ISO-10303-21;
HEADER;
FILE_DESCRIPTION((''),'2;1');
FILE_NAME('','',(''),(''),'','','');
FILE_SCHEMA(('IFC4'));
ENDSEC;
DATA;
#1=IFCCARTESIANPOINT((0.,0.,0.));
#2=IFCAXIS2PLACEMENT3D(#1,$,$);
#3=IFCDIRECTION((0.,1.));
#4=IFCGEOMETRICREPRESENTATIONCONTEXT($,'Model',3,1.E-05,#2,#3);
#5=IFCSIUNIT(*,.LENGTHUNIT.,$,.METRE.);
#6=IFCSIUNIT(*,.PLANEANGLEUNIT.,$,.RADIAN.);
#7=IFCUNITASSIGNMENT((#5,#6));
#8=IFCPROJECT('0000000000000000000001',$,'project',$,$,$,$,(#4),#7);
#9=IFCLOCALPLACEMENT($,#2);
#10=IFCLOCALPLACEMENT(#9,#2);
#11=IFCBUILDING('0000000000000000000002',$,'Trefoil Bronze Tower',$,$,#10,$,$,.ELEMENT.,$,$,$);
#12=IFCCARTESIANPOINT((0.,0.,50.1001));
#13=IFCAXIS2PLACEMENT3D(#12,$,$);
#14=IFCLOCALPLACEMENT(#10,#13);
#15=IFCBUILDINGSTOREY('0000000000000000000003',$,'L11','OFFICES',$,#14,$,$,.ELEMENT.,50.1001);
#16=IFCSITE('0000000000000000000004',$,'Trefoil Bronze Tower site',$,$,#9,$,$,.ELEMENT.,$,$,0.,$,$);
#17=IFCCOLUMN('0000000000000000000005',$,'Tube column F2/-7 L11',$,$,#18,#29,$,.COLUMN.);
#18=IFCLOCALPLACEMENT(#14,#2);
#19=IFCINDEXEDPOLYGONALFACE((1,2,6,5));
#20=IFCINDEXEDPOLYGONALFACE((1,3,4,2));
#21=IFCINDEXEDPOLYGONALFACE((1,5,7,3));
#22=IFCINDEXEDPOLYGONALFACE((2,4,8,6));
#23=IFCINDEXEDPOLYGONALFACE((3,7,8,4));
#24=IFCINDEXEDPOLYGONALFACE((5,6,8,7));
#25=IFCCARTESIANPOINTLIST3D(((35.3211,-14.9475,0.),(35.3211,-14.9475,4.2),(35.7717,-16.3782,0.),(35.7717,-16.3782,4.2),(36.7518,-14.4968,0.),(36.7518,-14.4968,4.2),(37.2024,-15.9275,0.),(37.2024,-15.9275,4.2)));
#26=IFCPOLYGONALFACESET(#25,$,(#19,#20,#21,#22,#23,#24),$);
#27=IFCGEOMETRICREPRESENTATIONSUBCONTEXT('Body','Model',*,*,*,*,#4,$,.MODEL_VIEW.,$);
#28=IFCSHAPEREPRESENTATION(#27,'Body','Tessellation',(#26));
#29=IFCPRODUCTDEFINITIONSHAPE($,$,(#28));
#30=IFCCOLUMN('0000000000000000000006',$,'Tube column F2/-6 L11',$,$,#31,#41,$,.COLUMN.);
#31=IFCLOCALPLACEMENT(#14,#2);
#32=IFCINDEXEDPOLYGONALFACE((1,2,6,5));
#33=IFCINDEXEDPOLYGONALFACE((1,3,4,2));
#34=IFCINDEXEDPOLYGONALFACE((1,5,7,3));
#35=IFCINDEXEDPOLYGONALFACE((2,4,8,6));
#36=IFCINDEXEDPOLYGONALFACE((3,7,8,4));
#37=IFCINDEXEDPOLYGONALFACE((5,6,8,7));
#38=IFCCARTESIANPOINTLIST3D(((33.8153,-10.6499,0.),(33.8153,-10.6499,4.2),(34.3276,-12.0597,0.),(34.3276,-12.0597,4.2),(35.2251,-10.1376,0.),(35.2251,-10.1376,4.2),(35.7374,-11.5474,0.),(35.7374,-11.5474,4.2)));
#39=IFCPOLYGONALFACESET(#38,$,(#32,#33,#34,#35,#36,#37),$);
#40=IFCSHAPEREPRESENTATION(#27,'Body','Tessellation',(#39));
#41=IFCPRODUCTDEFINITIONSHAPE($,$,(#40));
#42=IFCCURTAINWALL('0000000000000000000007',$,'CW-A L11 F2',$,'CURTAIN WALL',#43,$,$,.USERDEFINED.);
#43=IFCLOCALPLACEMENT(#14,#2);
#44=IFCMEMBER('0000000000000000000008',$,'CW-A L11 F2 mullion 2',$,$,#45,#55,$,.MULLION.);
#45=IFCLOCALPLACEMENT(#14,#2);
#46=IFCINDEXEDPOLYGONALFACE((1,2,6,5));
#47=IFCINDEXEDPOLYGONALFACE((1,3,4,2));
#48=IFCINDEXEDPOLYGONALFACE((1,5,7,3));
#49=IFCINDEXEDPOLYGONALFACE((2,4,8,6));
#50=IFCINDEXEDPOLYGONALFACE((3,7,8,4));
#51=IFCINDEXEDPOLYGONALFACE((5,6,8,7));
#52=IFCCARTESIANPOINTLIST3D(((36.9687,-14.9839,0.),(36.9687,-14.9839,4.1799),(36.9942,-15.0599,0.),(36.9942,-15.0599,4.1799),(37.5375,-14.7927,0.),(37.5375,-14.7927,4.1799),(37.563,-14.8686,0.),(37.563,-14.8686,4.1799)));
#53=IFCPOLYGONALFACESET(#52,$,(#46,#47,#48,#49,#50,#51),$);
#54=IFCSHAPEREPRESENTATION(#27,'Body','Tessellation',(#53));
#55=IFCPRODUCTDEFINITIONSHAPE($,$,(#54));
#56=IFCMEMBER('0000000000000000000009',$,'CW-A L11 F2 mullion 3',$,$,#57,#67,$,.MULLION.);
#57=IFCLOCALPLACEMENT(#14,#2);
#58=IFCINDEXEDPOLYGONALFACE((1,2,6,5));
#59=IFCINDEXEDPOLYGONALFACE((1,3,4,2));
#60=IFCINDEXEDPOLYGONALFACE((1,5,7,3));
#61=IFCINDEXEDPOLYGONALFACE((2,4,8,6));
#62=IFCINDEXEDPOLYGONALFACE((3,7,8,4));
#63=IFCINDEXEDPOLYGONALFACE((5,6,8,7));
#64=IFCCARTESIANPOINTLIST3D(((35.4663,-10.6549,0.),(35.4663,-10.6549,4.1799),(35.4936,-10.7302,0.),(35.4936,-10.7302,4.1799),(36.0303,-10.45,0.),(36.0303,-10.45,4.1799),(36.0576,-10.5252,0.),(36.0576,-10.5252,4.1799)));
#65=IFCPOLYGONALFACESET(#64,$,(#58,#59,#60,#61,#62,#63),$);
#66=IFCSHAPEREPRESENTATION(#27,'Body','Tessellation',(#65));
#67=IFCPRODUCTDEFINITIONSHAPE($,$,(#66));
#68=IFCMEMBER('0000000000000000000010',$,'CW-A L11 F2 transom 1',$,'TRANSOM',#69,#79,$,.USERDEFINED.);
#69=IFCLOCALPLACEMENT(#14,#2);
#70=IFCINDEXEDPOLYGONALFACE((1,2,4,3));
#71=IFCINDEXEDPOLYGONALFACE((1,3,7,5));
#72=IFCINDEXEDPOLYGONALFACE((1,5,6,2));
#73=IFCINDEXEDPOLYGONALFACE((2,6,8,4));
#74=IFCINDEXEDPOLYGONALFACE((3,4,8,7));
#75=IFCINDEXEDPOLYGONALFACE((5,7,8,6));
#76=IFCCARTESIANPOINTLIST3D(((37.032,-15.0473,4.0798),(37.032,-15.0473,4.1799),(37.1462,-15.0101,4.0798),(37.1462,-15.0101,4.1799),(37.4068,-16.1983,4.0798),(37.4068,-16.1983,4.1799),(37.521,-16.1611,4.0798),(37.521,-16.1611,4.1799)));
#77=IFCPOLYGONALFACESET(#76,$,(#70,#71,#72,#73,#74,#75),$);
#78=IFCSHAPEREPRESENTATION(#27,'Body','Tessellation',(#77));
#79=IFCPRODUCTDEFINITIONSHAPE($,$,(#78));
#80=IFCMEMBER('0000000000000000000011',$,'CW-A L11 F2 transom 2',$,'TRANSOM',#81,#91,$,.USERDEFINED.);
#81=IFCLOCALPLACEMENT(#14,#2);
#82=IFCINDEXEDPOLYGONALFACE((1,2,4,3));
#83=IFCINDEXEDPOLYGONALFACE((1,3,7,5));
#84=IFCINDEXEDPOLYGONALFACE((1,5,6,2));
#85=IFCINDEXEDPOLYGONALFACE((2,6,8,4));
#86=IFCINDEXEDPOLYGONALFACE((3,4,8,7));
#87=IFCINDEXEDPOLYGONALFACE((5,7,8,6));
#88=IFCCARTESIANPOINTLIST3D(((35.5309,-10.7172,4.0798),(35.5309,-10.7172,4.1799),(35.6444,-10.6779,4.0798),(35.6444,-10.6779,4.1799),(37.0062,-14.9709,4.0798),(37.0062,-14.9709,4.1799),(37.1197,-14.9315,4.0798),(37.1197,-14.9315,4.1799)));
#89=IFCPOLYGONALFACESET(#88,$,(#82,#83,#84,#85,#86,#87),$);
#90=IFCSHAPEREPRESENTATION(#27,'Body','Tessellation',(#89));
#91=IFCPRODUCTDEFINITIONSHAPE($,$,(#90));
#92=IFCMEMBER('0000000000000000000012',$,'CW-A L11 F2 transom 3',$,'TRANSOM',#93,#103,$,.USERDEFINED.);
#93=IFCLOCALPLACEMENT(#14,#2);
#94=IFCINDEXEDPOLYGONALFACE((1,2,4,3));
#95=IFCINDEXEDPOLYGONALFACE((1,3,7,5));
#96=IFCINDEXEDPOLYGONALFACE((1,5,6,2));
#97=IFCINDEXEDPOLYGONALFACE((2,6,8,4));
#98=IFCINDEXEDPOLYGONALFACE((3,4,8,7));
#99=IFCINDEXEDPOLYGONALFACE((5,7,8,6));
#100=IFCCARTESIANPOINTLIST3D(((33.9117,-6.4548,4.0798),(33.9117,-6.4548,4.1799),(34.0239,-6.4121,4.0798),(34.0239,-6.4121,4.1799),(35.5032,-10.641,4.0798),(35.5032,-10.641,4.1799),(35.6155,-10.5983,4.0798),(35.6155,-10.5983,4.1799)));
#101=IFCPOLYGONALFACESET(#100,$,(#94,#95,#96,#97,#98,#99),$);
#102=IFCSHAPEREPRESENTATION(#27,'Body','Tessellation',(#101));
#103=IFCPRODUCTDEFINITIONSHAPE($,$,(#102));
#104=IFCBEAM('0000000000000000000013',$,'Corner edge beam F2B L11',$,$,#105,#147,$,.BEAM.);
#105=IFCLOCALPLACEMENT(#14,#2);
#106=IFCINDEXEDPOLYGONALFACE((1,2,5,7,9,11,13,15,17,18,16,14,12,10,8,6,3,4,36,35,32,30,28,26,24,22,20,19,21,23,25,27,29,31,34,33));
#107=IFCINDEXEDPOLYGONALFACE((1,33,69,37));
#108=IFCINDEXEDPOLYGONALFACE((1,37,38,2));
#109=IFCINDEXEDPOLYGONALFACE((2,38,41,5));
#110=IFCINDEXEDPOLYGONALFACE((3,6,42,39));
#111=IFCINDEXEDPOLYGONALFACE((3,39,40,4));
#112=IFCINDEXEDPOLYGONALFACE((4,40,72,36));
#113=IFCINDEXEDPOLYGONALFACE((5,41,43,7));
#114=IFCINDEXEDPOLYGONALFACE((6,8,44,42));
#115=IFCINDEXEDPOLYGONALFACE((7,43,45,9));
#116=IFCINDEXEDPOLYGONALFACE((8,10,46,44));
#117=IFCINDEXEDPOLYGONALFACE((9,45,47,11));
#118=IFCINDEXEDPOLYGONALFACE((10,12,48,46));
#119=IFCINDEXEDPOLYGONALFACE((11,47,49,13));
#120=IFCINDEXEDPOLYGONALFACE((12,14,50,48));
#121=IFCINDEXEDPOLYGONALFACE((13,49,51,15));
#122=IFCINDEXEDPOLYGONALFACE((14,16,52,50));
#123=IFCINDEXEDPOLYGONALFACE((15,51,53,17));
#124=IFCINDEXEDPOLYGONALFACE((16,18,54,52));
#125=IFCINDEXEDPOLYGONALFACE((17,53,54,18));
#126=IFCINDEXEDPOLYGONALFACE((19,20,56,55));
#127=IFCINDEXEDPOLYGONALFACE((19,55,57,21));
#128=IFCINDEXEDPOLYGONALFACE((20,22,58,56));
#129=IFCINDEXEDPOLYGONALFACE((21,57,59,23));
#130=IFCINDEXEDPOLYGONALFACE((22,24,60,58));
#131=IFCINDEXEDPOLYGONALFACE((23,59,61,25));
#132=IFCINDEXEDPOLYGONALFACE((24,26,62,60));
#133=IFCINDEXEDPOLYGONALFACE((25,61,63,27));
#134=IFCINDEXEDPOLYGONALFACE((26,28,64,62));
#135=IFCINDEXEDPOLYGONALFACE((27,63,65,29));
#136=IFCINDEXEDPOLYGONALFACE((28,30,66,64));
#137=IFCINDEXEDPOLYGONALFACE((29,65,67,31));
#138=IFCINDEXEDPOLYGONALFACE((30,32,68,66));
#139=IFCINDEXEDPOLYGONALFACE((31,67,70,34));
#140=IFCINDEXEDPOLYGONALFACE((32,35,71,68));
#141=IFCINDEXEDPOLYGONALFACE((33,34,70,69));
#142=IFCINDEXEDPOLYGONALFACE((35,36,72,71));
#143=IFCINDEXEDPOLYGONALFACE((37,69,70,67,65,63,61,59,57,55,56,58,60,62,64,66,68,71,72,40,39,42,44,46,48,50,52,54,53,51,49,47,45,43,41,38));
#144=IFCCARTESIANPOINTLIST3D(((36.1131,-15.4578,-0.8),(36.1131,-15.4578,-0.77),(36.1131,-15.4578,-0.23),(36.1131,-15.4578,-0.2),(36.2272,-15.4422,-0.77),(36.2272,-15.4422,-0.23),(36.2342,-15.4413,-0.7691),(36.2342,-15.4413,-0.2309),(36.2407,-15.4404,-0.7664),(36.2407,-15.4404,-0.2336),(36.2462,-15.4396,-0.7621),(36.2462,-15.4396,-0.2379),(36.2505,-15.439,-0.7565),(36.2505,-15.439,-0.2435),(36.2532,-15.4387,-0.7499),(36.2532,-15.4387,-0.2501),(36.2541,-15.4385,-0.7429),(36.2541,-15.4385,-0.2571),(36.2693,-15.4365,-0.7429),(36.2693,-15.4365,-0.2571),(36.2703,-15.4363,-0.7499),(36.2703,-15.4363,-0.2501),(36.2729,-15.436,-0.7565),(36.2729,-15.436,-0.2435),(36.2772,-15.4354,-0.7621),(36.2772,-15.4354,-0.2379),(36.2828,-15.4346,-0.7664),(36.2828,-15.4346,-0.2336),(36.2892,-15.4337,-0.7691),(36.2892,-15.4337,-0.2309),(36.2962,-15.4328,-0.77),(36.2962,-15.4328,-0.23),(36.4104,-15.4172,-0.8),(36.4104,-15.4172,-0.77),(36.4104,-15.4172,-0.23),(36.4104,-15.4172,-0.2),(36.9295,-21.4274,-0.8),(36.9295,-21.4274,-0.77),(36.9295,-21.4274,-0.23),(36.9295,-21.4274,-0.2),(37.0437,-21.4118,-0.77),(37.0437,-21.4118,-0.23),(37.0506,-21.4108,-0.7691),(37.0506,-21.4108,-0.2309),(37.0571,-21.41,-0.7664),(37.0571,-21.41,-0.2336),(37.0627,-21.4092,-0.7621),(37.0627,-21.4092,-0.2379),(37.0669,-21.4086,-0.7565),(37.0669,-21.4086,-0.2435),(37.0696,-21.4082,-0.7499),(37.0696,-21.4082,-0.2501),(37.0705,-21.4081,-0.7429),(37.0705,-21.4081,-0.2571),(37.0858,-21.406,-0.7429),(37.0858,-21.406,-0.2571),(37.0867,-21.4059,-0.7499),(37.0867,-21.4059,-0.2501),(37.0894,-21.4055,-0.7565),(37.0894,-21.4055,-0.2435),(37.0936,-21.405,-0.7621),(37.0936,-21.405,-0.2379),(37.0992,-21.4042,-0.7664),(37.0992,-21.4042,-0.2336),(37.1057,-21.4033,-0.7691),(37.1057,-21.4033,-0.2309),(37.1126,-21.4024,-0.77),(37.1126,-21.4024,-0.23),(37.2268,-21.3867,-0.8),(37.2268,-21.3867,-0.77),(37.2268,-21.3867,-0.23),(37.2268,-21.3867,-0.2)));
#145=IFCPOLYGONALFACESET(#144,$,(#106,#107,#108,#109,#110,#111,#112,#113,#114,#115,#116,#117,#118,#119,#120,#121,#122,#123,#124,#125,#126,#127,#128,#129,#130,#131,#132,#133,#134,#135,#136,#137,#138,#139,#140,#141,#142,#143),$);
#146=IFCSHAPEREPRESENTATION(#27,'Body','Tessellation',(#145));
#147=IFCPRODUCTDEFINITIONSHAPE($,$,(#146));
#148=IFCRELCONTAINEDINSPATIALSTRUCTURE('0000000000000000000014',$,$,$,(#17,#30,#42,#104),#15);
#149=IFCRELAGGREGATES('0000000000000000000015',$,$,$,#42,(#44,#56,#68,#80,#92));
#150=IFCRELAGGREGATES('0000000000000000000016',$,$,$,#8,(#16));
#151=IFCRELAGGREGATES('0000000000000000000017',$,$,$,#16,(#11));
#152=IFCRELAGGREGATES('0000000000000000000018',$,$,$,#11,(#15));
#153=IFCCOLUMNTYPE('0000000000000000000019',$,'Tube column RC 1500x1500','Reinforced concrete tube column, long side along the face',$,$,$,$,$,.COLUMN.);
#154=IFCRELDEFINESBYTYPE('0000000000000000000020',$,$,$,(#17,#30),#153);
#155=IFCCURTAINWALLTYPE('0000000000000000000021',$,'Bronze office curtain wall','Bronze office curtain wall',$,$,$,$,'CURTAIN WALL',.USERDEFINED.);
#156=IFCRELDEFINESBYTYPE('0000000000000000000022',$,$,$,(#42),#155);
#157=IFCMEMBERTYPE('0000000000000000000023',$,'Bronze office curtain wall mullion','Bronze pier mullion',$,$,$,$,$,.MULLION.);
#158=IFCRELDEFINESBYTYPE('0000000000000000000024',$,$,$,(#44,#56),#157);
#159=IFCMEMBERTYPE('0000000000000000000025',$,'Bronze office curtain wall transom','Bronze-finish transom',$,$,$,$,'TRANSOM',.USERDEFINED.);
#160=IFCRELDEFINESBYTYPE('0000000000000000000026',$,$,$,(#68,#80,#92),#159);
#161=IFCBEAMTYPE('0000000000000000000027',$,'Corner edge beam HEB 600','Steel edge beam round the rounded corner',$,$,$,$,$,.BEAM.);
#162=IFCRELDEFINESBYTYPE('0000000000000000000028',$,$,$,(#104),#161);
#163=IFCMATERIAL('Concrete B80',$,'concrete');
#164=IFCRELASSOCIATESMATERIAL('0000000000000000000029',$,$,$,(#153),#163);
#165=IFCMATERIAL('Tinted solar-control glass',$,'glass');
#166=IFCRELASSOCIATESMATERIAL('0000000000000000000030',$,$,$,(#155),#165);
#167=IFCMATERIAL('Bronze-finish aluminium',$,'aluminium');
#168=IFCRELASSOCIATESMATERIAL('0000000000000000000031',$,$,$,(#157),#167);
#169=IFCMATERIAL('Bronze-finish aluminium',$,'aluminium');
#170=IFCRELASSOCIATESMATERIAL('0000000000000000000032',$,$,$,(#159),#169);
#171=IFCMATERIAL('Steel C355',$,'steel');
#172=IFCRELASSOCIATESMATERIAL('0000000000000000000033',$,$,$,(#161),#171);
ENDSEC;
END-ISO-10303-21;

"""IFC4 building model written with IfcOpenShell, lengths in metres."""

from ifc_helpers import new_model, si_unit, direction, frame, origin, origin_2d, place, context, subcontext, project, spatial, rectangle, i_section, extrude, material, material_profile, profile_set, type_object, element, aggregate, save


model = new_model("IFC4")

# Units and contexts
model_context = context("Model", 3, precision=1e-05, world=origin(), true_north=direction((0.0, 1.0)))
body_context = subcontext(model_context, "Body", "Model", "MODEL_VIEW")
ifc_project = project(units=[si_unit("LENGTHUNIT", "METRE"), si_unit("PLANEANGLEUNIT", "RADIAN")], contexts=[model_context])

# Site, building, storey
site_placement = place(None, origin())
site = spatial("IfcSite", under=ifc_project, at=site_placement, Name="Trefoil Bronze Tower site", CompositionType="ELEMENT", RefElevation=0.0)
building_placement = place(site_placement, origin())
building = spatial("IfcBuilding", under=site, at=building_placement, Name="Trefoil Bronze Tower", CompositionType="ELEMENT")
storey_placement = place(building_placement, frame((0.0, 0.0, 50.1001)))
storey = spatial("IfcBuildingStorey", under=building, at=storey_placement, Name="L11", Description="OFFICES", CompositionType="ELEMENT", Elevation=50.1001)

# Columns
ifc_material_1 = material(Name="Concrete B80", Category="concrete")
ifc_material_profile_1 = material_profile(ifc_material_1, rectangle(XDim=1.5, YDim=1.5, at=origin_2d()), Name="RC 1500x1500")
ifc_profile_set_1 = profile_set([ifc_material_profile_1], Name="Concrete B80")
column_type = type_object("IfcColumnType", Name="Tube column RC 1500x1500", Description="Reinforced concrete tube column, long side along the face", PredefinedType="COLUMN", material=ifc_profile_set_1)
for number, where, z_axis, x_axis, name in (
    (1, (36.2617, -15.4375, 0.0), (0.0, 0.0, 1.0), (-0.300414, 0.953809, 0.0), "Tube column F2/-7 L11"),
    (2, (34.7764, -11.0986, 0.0), (0.0, 0.0, 1.0), (-0.341559, 0.93986, 0.0), "Tube column F2/-6 L11"),
):
    element("IfcColumn", number, at=place(storey_placement, frame(where, z_axis=z_axis, x_axis=x_axis)), inside=storey, type_object=column_type, Name=name, PredefinedType="COLUMN", context=body_context, shape_type="SweptSolid", body=[
        extrude(rectangle(XDim=1.5, YDim=1.5, at=origin_2d()), origin(), (0.0, 0.0, 1.0), 4.2),
    ])

# Curtain wall, members
ifc_material_2 = material(Name="Tinted solar-control glass", Category="glass")
curtain_wall_type = type_object("IfcCurtainWallType", Name="Bronze office curtain wall", Description="Bronze office curtain wall", ElementType="CURTAIN WALL", PredefinedType="USERDEFINED", material=ifc_material_2)
curtain_wall_placement = place(storey_placement, origin())
curtain_wall = element("IfcCurtainWall", 3, at=curtain_wall_placement, inside=storey, type_object=curtain_wall_type, Name="CW-A L11 F2", ObjectType="CURTAIN WALL", PredefinedType="USERDEFINED")
ifc_material_3 = material(Name="Bronze-finish aluminium", Category="aluminium")
ifc_material_profile_2 = material_profile(ifc_material_3, rectangle(XDim=0.6001, YDim=0.0801, at=origin_2d()), Name="CW-A mullion")
ifc_profile_set_2 = profile_set([ifc_material_profile_2], Name="Bronze-finish aluminium")
member_type_1 = type_object("IfcMemberType", Name="Bronze office curtain wall mullion", Description="Bronze pier mullion", PredefinedType="MULLION", material=ifc_profile_set_2)
member_1_placement = place(storey_placement, frame((37.2659, -14.9263, 0.0), z_axis=(0.0, 0.0, 1.0), x_axis=(-0.947851, -0.318715, 0.0)))
member_1 = element("IfcMember", 4, at=member_1_placement, type_object=member_type_1, Name="CW-A L11 F2 mullion 2", PredefinedType="MULLION", context=body_context, shape_type="SweptSolid", body=[
    extrude(rectangle(XDim=0.6001, YDim=0.0801, at=origin_2d()), origin(), (0.0, 0.0, 1.0), 4.1799),
])
member_2_placement = place(storey_placement, frame((35.762, -10.5901, 0.0), z_axis=(0.0, 0.0, 1.0), x_axis=(-0.93986, -0.341559, 0.0)))
member_2 = element("IfcMember", 5, at=member_2_placement, type_object=member_type_1, Name="CW-A L11 F2 mullion 3", PredefinedType="MULLION", context=body_context, shape_type="SweptSolid", body=[
    extrude(rectangle(XDim=0.6001, YDim=0.0801, at=origin_2d()), origin(), (0.0, 0.0, 1.0), 4.1799),
])
ifc_material_4 = material(Name="Bronze-finish aluminium", Category="aluminium")
ifc_material_profile_3 = material_profile(ifc_material_4, rectangle(XDim=0.1201, YDim=0.1001, at=origin_2d()), Name="CW-A transom")
ifc_profile_set_3 = profile_set([ifc_material_profile_3], Name="Bronze-finish aluminium")
member_type_2 = type_object("IfcMemberType", Name="Bronze office curtain wall transom", Description="Bronze-finish transom", ElementType="TRANSOM", PredefinedType="USERDEFINED", material=ifc_profile_set_3)
member_3_placement = place(storey_placement, frame((37.4639, -16.1797, 4.1299), z_axis=(-0.309624, 0.950859, 0.0), x_axis=(-0.950859, -0.309624, 0.0)))
member_3 = element("IfcMember", 6, at=member_3_placement, type_object=member_type_2, Name="CW-A L11 F2 transom 1", ObjectType="TRANSOM", PredefinedType="USERDEFINED", context=body_context, shape_type="SweptSolid", body=[
    extrude(rectangle(XDim=0.1201, YDim=0.1001, at=origin_2d()), origin(), (0.0, 0.0, 1.0), 1.2104),
])
member_4_placement = place(storey_placement, frame((37.063, -14.9512, 4.1299), z_axis=(-0.32769, 0.944785, 0.0), x_axis=(-0.944785, -0.32769, 0.0)))
member_4 = element("IfcMember", 7, at=member_4_placement, type_object=member_type_2, Name="CW-A L11 F2 transom 2", ObjectType="TRANSOM", PredefinedType="USERDEFINED", context=body_context, shape_type="SweptSolid", body=[
    extrude(rectangle(XDim=0.1201, YDim=0.1001, at=origin_2d()), origin(), (0.0, 0.0, 1.0), 4.5022),
])
member_5_placement = place(storey_placement, frame((35.5593, -10.6196, 4.1299), z_axis=(-0.355367, 0.934727, 0.0), x_axis=(-0.934727, -0.355367, 0.0)))
member_5 = element("IfcMember", 8, at=member_5_placement, type_object=member_type_2, Name="CW-A L11 F2 transom 3", ObjectType="TRANSOM", PredefinedType="USERDEFINED", context=body_context, shape_type="SweptSolid", body=[
    extrude(rectangle(XDim=0.1201, YDim=0.1001, at=origin_2d()), origin(), (0.0, 0.0, 1.0), 4.4785),
])

# Beam
ifc_material_5 = material(Name="Steel C355", Category="steel")
ifc_material_profile_4 = material_profile(ifc_material_5, i_section(OverallWidth=0.3, OverallDepth=0.6001, WebThickness=0.0154, FlangeThickness=0.03, FilletRadius=0.0271, at=origin_2d()), Name="HEB 600")
ifc_profile_set_4 = profile_set([ifc_material_profile_4], Name="Steel C355")
beam_type_1 = type_object("IfcBeamType", Name="Corner edge beam HEB 600", Description="Steel edge beam round the rounded corner", PredefinedType="BEAM", material=ifc_profile_set_4)
beam_1_placement = place(storey_placement, frame((36.2617, -15.4375, -0.5), z_axis=(0.135502, -0.990777, 0.0), x_axis=(0.990777, 0.135502, 0.0)))
element("IfcBeam", 9, at=beam_1_placement, inside=storey, type_object=beam_type_1, Name="Corner edge beam F2B L11", PredefinedType="BEAM", context=body_context, shape_type="SweptSolid", body=[
    extrude(i_section(OverallWidth=0.3, OverallDepth=0.6001, WebThickness=0.0154, FlangeThickness=0.03, FilletRadius=0.0271, at=origin_2d()), origin(), (0.0, 0.0, 1.0), 6.0251),
])

aggregate(curtain_wall, [member_1, member_2, member_3, member_4, member_5])

save(model, "model.ifc")
